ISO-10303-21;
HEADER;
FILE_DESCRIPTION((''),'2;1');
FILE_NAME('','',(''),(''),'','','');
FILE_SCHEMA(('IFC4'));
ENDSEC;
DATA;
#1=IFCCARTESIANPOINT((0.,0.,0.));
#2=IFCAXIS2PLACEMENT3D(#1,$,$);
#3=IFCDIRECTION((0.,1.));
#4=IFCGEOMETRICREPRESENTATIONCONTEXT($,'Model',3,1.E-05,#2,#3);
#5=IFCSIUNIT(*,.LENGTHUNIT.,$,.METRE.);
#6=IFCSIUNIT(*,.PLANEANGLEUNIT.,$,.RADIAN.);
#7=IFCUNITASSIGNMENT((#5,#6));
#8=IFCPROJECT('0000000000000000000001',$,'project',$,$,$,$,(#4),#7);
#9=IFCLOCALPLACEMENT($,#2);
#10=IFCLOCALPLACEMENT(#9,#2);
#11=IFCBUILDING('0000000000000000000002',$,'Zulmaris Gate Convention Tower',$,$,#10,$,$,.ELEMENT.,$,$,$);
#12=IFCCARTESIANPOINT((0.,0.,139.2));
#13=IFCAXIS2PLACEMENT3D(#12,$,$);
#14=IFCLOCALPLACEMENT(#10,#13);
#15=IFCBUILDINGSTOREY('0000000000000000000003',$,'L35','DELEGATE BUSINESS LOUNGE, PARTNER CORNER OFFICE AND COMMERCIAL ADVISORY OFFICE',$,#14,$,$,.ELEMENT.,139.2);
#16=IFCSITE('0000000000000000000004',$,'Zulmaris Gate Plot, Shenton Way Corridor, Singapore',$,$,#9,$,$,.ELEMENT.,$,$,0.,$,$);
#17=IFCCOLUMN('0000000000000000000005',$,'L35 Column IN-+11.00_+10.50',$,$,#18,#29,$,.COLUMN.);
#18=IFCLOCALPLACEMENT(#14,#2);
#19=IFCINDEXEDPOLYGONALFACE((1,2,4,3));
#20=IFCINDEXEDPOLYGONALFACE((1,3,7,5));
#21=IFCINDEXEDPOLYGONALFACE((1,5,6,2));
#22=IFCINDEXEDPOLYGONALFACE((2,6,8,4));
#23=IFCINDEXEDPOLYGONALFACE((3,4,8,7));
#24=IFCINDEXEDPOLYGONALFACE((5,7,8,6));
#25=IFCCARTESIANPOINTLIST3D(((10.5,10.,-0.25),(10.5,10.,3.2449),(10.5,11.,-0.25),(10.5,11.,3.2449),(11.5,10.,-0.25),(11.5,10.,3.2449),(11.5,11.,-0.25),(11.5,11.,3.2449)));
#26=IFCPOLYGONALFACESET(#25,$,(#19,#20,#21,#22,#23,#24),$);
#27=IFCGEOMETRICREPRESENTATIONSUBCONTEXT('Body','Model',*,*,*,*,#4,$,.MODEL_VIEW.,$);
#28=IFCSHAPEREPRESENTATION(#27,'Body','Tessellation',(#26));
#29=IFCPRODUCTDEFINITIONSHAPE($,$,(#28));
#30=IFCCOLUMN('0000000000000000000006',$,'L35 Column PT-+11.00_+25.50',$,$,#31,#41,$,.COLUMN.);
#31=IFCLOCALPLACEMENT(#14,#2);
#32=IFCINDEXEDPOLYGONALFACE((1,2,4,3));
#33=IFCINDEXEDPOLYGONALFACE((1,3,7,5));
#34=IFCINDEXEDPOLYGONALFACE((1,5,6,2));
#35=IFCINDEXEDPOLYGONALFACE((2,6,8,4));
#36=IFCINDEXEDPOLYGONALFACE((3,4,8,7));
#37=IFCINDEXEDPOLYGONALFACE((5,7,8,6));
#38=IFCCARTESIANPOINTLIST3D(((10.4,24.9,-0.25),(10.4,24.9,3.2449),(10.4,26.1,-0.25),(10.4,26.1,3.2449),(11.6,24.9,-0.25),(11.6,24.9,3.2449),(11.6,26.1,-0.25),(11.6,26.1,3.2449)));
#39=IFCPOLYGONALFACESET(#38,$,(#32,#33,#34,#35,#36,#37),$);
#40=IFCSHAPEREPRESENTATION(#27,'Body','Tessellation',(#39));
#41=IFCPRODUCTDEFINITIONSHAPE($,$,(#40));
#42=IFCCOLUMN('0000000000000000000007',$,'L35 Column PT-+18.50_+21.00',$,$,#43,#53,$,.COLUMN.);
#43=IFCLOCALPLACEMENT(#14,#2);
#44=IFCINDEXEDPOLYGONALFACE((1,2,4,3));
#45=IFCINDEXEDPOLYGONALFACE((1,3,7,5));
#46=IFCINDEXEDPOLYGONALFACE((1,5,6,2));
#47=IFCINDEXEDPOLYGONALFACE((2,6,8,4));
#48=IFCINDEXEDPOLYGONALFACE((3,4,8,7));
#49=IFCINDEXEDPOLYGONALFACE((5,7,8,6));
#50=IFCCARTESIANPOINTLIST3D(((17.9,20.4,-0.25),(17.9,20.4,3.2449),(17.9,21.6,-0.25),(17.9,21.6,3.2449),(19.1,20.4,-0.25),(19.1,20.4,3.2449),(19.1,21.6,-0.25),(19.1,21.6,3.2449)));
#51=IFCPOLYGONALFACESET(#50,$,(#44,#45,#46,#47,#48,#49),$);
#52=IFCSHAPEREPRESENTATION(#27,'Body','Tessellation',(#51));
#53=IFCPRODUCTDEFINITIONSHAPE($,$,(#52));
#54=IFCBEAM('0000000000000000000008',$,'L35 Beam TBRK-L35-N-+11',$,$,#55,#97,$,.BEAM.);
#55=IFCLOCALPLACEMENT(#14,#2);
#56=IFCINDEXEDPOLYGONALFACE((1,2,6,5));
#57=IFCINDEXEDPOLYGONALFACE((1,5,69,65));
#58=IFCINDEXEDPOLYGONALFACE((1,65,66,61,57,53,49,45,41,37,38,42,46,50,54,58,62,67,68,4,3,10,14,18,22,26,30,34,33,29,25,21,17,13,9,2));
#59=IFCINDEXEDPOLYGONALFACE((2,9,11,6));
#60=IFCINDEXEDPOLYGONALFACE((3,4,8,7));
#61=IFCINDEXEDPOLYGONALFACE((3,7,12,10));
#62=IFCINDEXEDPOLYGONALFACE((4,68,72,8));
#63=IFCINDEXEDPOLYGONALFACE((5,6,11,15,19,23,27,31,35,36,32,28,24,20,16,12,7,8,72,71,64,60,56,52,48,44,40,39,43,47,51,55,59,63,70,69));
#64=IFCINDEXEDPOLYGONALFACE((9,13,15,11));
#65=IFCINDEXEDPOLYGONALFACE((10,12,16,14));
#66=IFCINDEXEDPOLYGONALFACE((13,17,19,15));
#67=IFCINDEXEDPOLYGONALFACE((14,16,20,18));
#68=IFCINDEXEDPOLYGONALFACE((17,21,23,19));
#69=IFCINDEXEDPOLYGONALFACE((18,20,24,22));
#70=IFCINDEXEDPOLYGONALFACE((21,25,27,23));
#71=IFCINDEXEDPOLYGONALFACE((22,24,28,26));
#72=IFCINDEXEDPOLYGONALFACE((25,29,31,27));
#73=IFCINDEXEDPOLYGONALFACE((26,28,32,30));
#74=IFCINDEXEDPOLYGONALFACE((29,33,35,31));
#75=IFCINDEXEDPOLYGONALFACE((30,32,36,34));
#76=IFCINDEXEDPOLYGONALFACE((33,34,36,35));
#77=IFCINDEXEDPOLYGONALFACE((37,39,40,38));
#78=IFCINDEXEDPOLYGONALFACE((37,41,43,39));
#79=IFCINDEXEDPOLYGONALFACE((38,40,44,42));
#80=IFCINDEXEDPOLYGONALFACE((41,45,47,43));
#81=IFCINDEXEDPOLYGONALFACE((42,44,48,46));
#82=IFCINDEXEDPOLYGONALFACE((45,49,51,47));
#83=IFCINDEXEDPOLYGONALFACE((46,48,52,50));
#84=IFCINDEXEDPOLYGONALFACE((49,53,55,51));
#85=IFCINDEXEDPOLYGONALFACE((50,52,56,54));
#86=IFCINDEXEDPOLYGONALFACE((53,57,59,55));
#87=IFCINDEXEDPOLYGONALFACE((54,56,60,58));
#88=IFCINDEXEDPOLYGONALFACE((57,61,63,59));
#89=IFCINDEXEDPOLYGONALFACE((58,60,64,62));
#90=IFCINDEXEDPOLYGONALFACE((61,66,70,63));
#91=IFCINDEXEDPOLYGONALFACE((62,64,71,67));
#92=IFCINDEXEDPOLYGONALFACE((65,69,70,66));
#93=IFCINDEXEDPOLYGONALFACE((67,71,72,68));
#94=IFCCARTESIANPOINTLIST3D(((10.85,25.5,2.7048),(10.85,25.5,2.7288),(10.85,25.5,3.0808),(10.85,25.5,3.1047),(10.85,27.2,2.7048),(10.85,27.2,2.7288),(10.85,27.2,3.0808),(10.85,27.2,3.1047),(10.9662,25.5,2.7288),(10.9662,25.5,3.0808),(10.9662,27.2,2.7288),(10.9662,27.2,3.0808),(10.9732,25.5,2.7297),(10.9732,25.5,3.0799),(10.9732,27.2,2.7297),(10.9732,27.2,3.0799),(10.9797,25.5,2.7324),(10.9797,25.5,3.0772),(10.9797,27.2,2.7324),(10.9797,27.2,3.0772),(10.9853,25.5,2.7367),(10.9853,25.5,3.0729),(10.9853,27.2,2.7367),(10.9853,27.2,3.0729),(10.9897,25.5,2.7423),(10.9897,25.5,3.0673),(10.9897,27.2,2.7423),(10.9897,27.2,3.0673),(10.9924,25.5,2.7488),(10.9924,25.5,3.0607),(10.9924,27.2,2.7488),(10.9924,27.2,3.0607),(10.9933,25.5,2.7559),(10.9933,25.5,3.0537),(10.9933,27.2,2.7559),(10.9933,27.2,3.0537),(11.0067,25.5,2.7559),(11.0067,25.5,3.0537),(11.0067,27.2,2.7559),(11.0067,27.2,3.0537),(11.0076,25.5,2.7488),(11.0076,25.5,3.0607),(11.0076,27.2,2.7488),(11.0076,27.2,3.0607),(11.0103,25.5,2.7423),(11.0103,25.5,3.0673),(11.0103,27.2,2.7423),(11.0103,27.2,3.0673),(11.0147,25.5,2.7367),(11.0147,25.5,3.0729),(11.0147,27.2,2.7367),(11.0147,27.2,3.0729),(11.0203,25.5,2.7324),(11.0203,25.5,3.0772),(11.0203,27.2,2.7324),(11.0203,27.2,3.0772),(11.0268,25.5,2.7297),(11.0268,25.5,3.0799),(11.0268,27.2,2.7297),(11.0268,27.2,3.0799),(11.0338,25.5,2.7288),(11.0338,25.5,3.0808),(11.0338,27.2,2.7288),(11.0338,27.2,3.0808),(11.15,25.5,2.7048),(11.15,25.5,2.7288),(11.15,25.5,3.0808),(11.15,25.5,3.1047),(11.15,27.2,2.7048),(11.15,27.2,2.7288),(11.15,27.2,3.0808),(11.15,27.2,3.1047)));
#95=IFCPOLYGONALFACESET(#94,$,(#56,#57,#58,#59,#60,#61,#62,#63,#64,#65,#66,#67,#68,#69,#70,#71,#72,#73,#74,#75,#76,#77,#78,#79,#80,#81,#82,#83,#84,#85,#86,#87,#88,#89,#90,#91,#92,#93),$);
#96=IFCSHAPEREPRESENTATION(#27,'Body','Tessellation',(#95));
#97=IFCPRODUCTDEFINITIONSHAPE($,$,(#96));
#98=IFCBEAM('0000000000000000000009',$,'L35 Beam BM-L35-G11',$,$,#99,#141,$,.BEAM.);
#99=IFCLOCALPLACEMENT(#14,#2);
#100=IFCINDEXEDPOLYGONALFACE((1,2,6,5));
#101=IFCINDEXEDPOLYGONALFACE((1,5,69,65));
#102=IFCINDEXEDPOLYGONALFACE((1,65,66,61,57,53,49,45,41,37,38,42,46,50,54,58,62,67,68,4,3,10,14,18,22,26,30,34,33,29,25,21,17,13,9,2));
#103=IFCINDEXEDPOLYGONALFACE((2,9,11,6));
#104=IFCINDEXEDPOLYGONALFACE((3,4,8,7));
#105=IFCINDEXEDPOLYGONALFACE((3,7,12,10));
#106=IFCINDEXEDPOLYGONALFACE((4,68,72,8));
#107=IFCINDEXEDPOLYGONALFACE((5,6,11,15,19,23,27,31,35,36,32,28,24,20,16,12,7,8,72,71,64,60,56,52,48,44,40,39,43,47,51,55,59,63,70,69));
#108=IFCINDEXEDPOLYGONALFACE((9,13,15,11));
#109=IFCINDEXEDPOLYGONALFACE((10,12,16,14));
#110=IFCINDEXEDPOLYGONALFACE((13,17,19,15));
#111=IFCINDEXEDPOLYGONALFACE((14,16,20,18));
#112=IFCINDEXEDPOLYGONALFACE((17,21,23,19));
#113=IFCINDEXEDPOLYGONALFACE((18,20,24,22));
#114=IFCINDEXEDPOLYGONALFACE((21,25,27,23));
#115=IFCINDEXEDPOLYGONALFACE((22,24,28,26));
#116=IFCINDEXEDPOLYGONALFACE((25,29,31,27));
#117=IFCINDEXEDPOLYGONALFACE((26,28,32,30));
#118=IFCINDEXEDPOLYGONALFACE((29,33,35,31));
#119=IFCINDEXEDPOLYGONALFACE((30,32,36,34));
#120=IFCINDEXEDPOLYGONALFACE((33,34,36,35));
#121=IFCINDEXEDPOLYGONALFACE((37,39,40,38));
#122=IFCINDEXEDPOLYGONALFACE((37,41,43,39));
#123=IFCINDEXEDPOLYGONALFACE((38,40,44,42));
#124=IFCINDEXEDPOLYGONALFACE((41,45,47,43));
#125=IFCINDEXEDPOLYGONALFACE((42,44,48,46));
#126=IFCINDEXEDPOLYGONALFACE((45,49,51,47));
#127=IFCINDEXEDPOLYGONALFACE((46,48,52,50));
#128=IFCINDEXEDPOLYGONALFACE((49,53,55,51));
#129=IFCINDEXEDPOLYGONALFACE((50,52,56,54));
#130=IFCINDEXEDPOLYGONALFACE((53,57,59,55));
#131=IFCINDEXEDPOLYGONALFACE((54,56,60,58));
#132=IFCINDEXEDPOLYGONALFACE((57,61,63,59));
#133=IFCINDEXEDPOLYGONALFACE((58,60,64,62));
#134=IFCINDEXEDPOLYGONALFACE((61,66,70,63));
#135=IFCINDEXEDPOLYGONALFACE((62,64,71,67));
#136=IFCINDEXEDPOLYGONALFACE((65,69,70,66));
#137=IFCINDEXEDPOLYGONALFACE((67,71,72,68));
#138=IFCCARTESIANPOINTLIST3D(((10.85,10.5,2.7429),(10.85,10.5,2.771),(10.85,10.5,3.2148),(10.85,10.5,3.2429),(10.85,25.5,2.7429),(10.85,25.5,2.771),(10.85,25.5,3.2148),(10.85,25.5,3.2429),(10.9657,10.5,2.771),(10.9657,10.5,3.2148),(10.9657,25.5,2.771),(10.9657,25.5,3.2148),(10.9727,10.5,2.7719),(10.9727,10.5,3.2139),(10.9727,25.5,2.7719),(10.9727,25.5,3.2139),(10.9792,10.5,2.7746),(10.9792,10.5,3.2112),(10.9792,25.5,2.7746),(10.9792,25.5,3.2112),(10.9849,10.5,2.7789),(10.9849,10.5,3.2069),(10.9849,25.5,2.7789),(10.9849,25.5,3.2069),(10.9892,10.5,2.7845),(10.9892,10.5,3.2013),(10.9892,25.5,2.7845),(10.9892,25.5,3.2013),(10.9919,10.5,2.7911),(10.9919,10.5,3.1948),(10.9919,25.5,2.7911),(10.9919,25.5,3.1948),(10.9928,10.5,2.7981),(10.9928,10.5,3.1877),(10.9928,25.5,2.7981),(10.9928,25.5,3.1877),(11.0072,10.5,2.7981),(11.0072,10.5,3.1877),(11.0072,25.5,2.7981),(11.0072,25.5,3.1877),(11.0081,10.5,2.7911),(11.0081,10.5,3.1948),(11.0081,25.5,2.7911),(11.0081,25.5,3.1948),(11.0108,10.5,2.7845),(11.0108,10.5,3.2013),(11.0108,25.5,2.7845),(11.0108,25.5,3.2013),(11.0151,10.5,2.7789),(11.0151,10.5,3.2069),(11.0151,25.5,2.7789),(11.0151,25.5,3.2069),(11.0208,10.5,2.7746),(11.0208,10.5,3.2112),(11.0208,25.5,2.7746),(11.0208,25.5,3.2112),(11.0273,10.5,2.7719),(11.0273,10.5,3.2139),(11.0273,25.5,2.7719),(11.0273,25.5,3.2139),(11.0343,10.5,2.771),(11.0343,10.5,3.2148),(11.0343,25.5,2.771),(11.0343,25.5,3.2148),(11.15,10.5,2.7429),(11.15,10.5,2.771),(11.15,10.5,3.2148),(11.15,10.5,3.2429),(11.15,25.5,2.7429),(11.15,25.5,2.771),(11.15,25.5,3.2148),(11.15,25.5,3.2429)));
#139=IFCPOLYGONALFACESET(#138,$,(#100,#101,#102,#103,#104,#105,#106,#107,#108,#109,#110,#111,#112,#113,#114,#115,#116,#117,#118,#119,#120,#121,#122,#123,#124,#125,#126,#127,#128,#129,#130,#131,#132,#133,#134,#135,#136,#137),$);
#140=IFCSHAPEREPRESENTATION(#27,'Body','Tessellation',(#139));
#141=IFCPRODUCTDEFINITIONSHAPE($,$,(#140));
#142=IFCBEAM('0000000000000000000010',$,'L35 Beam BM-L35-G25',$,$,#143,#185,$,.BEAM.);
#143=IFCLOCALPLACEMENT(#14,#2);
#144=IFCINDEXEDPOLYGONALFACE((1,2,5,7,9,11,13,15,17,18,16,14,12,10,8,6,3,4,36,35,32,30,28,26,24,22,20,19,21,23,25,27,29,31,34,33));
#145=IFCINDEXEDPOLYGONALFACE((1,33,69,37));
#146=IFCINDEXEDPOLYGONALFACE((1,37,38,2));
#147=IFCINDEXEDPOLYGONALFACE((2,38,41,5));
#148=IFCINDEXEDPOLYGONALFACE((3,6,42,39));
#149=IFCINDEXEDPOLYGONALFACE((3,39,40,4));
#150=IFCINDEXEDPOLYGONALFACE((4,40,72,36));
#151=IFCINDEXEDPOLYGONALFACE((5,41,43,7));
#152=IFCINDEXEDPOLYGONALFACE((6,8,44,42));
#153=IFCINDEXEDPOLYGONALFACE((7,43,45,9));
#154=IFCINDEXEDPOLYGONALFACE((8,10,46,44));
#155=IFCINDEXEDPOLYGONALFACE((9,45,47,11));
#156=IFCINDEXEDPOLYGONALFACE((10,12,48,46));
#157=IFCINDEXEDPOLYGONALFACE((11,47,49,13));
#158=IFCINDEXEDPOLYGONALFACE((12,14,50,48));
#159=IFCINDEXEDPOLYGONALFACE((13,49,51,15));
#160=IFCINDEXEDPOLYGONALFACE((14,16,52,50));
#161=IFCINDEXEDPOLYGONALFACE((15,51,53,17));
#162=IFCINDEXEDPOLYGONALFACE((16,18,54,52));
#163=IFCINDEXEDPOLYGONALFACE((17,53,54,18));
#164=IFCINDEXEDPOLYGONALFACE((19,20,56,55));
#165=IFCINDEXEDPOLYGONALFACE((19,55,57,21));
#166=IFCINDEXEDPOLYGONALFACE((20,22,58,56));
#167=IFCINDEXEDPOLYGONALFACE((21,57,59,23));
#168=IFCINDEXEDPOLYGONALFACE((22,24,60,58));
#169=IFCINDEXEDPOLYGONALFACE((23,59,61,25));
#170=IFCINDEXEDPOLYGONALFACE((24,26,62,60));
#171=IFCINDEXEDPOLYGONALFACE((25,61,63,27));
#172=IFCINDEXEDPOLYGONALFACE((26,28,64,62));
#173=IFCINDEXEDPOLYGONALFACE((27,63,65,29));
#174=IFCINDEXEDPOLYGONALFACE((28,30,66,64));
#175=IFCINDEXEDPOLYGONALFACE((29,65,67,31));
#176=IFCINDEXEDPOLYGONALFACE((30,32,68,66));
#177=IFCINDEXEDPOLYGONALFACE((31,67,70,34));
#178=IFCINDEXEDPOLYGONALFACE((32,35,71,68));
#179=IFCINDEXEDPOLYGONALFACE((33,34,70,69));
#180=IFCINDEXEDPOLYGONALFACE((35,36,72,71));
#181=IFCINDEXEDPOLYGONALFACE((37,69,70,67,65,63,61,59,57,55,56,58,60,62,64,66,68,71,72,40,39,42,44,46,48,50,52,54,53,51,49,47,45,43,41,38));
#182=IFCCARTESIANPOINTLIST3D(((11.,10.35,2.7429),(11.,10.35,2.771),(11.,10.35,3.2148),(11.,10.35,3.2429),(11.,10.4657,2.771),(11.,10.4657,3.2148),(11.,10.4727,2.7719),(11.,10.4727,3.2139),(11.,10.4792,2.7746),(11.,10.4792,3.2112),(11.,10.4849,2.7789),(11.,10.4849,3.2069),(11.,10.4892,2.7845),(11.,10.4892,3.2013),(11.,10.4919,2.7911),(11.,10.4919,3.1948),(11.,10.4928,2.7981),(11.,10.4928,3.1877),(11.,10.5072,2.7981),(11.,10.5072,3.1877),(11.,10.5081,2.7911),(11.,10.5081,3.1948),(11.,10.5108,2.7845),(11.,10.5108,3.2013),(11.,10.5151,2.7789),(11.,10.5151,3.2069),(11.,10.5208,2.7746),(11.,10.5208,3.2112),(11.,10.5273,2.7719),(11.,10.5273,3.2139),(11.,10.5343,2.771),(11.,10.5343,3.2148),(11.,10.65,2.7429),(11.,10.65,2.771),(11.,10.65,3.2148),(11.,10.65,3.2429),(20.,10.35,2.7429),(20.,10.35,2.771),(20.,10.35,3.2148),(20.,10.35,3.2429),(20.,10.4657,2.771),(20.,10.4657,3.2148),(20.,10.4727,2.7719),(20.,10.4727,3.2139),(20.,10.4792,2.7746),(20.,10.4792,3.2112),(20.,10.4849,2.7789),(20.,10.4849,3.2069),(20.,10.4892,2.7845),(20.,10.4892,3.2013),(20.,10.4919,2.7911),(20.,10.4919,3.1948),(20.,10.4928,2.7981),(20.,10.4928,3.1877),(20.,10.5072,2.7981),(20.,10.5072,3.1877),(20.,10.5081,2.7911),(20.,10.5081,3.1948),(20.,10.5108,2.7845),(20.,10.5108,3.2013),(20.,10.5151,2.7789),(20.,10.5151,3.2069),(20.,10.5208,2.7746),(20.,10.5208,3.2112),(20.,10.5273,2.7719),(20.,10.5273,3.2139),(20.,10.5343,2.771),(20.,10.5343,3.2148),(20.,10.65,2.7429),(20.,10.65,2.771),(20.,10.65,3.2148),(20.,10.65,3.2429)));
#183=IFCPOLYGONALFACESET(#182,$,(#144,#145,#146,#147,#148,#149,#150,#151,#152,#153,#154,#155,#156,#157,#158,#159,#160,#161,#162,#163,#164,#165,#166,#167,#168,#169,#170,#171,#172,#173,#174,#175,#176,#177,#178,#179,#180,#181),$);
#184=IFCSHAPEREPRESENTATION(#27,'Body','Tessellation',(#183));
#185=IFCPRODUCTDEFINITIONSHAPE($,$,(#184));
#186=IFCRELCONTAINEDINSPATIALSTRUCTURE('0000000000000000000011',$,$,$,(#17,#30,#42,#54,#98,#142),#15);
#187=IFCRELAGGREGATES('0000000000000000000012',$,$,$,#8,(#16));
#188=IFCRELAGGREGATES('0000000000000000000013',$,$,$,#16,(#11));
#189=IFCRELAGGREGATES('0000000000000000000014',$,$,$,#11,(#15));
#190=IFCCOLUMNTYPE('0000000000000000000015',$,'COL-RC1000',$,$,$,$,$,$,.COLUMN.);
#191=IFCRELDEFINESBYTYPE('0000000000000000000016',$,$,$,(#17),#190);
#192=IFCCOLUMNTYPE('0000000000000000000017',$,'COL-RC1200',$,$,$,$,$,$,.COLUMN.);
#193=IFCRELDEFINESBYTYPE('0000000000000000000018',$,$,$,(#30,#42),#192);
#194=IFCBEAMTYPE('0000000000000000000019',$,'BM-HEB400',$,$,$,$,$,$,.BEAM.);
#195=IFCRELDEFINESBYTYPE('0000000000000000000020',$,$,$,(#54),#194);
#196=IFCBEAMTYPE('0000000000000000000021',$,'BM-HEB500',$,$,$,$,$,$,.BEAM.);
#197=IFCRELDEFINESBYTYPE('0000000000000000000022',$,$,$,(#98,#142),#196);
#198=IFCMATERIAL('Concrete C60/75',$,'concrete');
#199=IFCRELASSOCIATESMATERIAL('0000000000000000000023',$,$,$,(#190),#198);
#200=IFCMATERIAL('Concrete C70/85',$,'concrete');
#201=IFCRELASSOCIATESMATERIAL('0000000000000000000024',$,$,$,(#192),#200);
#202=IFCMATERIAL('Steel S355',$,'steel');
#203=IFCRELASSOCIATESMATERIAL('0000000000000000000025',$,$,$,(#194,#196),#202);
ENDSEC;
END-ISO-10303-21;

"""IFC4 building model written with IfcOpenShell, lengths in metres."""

from ifc_helpers import new_model, si_unit, direction, frame, origin, origin_2d, place, context, subcontext, project, spatial, rectangle, i_section, extrude, material, material_profile, profile_set, type_object, element, save


model = new_model("IFC4")

# Units and contexts
model_context = context("Model", 3, precision=1e-05, world=origin(), true_north=direction((0.0, 1.0)))
body_context = subcontext(model_context, "Body", "Model", "MODEL_VIEW")
ifc_project = project(units=[si_unit("LENGTHUNIT", "METRE"), si_unit("PLANEANGLEUNIT", "RADIAN")], contexts=[model_context])

# Site, building, storey
site_placement = place(None, origin())
site = spatial("IfcSite", under=ifc_project, at=site_placement, Name="Zulmaris Gate Plot, Shenton Way Corridor, Singapore", CompositionType="ELEMENT", RefElevation=0.0)
building_placement = place(site_placement, origin())
building = spatial("IfcBuilding", under=site, at=building_placement, Name="Zulmaris Gate Convention Tower", CompositionType="ELEMENT")
storey_placement = place(building_placement, frame((0.0, 0.0, 139.2)))
storey = spatial("IfcBuildingStorey", under=building, at=storey_placement, Name="L35", Description="DELEGATE BUSINESS LOUNGE, PARTNER CORNER OFFICE AND COMMERCIAL ADVISORY OFFICE", CompositionType="ELEMENT", Elevation=139.2)

# Columns
ifc_material_1 = material(Name="Concrete C60/75", Category="concrete")
ifc_material_profile_1 = material_profile(ifc_material_1, rectangle(XDim=1.0, YDim=1.0, at=origin_2d()), Name="RC COL 1000x1000")
ifc_profile_set_1 = profile_set([ifc_material_profile_1], Name="Concrete C60/75")
column_type_1 = type_object("IfcColumnType", Name="COL-RC1000", PredefinedType="COLUMN", material=ifc_profile_set_1)
column_placement = place(storey_placement, frame((11.0, 10.5, -0.25), z_axis=(0.0, 0.0, 1.0), x_axis=(1.0, 0.0, 0.0)))
element("IfcColumn", 1, at=column_placement, inside=storey, type_object=column_type_1, Name="L35 Column IN-+11.00_+10.50", PredefinedType="COLUMN", context=body_context, shape_type="SweptSolid", body=[
    extrude(rectangle(XDim=1.0, YDim=1.0, at=origin_2d()), origin(), (0.0, 0.0, 1.0), 3.4949),
])
ifc_material_2 = material(Name="Concrete C70/85", Category="concrete")
ifc_material_profile_2 = material_profile(ifc_material_2, rectangle(XDim=1.2, YDim=1.2, at=origin_2d()), Name="RC COL 1200x1200")
ifc_profile_set_2 = profile_set([ifc_material_profile_2], Name="Concrete C70/85")
column_type_2 = type_object("IfcColumnType", Name="COL-RC1200", PredefinedType="COLUMN", material=ifc_profile_set_2)
for number, where, z_axis, x_axis, name in (
    (2, (11.0, 25.5, -0.25), (0.0, 0.0, 1.0), (1.0, 0.0, 0.0), "L35 Column PT-+11.00_+25.50"),
    (3, (18.5, 21.0, -0.25), (0.0, 0.0, 1.0), (1.0, 0.0, 0.0), "L35 Column PT-+18.50_+21.00"),
):
    element("IfcColumn", number, at=place(storey_placement, frame(where, z_axis=z_axis, x_axis=x_axis)), inside=storey, type_object=column_type_2, Name=name, PredefinedType="COLUMN", context=body_context, shape_type="SweptSolid", body=[
        extrude(rectangle(XDim=1.2, YDim=1.2, at=origin_2d()), origin(), (0.0, 0.0, 1.0), 3.4949),
    ])

# Beams
ifc_material_3 = material(Name="Steel S355", Category="steel")
ifc_material_profile_3 = material_profile(ifc_material_3, i_section(OverallWidth=0.3, OverallDepth=0.3999, WebThickness=0.0134, FlangeThickness=0.0239, FilletRadius=0.0271, at=origin_2d()), Name="HEB 400")
ifc_profile_set_3 = profile_set([ifc_material_profile_3], Name="Steel S355")
beam_type_1 = type_object("IfcBeamType", Name="BM-HEB400", PredefinedType="BEAM", material=ifc_profile_set_3)
beam_1_placement = place(storey_placement, frame((11.0, 25.5, 2.9048), z_axis=(0.0, 1.0, 0.0), x_axis=(-1.0, 0.0, 0.0)))
element("IfcBeam", 4, at=beam_1_placement, inside=storey, type_object=beam_type_1, Name="L35 Beam TBRK-L35-N-+11", PredefinedType="BEAM", context=body_context, shape_type="SweptSolid", body=[
    extrude(i_section(OverallWidth=0.3, OverallDepth=0.3999, WebThickness=0.0134, FlangeThickness=0.0239, FilletRadius=0.0271, at=origin_2d()), origin(), (0.0, 0.0, 1.0), 1.7),
])
ifc_material_profile_4 = material_profile(ifc_material_3, i_section(OverallWidth=0.3, OverallDepth=0.5, WebThickness=0.0144, FlangeThickness=0.0281, FilletRadius=0.0271, at=origin_2d()), Name="HEB 500")
ifc_profile_set_4 = profile_set([ifc_material_profile_4], Name="Steel S355")
beam_type_2 = type_object("IfcBeamType", Name="BM-HEB500", PredefinedType="BEAM", material=ifc_profile_set_4)
beam_2_placement = place(storey_placement, frame((11.0, 10.5, 2.9929), z_axis=(0.0, 1.0, 0.0), x_axis=(-1.0, 0.0, 0.0)))
element("IfcBeam", 5, at=beam_2_placement, inside=storey, type_object=beam_type_2, Name="L35 Beam BM-L35-G11", PredefinedType="BEAM", context=body_context, shape_type="SweptSolid", body=[
    extrude(i_section(OverallWidth=0.3, OverallDepth=0.5, WebThickness=0.0144, FlangeThickness=0.0281, FilletRadius=0.0271, at=origin_2d()), origin(), (0.0, 0.0, 1.0), 15.0),
])
beam_3_placement = place(storey_placement, frame((11.0, 10.5, 2.9929), z_axis=(1.0, 0.0, 0.0), x_axis=(0.0, 1.0, 0.0)))
element("IfcBeam", 6, at=beam_3_placement, inside=storey, type_object=beam_type_2, Name="L35 Beam BM-L35-G25", PredefinedType="BEAM", context=body_context, shape_type="SweptSolid", body=[
    extrude(i_section(OverallWidth=0.3, OverallDepth=0.5, WebThickness=0.0144, FlangeThickness=0.0281, FilletRadius=0.0271, at=origin_2d()), origin(), (0.0, 0.0, 1.0), 9.0),
])

save(model, "model.ifc")
